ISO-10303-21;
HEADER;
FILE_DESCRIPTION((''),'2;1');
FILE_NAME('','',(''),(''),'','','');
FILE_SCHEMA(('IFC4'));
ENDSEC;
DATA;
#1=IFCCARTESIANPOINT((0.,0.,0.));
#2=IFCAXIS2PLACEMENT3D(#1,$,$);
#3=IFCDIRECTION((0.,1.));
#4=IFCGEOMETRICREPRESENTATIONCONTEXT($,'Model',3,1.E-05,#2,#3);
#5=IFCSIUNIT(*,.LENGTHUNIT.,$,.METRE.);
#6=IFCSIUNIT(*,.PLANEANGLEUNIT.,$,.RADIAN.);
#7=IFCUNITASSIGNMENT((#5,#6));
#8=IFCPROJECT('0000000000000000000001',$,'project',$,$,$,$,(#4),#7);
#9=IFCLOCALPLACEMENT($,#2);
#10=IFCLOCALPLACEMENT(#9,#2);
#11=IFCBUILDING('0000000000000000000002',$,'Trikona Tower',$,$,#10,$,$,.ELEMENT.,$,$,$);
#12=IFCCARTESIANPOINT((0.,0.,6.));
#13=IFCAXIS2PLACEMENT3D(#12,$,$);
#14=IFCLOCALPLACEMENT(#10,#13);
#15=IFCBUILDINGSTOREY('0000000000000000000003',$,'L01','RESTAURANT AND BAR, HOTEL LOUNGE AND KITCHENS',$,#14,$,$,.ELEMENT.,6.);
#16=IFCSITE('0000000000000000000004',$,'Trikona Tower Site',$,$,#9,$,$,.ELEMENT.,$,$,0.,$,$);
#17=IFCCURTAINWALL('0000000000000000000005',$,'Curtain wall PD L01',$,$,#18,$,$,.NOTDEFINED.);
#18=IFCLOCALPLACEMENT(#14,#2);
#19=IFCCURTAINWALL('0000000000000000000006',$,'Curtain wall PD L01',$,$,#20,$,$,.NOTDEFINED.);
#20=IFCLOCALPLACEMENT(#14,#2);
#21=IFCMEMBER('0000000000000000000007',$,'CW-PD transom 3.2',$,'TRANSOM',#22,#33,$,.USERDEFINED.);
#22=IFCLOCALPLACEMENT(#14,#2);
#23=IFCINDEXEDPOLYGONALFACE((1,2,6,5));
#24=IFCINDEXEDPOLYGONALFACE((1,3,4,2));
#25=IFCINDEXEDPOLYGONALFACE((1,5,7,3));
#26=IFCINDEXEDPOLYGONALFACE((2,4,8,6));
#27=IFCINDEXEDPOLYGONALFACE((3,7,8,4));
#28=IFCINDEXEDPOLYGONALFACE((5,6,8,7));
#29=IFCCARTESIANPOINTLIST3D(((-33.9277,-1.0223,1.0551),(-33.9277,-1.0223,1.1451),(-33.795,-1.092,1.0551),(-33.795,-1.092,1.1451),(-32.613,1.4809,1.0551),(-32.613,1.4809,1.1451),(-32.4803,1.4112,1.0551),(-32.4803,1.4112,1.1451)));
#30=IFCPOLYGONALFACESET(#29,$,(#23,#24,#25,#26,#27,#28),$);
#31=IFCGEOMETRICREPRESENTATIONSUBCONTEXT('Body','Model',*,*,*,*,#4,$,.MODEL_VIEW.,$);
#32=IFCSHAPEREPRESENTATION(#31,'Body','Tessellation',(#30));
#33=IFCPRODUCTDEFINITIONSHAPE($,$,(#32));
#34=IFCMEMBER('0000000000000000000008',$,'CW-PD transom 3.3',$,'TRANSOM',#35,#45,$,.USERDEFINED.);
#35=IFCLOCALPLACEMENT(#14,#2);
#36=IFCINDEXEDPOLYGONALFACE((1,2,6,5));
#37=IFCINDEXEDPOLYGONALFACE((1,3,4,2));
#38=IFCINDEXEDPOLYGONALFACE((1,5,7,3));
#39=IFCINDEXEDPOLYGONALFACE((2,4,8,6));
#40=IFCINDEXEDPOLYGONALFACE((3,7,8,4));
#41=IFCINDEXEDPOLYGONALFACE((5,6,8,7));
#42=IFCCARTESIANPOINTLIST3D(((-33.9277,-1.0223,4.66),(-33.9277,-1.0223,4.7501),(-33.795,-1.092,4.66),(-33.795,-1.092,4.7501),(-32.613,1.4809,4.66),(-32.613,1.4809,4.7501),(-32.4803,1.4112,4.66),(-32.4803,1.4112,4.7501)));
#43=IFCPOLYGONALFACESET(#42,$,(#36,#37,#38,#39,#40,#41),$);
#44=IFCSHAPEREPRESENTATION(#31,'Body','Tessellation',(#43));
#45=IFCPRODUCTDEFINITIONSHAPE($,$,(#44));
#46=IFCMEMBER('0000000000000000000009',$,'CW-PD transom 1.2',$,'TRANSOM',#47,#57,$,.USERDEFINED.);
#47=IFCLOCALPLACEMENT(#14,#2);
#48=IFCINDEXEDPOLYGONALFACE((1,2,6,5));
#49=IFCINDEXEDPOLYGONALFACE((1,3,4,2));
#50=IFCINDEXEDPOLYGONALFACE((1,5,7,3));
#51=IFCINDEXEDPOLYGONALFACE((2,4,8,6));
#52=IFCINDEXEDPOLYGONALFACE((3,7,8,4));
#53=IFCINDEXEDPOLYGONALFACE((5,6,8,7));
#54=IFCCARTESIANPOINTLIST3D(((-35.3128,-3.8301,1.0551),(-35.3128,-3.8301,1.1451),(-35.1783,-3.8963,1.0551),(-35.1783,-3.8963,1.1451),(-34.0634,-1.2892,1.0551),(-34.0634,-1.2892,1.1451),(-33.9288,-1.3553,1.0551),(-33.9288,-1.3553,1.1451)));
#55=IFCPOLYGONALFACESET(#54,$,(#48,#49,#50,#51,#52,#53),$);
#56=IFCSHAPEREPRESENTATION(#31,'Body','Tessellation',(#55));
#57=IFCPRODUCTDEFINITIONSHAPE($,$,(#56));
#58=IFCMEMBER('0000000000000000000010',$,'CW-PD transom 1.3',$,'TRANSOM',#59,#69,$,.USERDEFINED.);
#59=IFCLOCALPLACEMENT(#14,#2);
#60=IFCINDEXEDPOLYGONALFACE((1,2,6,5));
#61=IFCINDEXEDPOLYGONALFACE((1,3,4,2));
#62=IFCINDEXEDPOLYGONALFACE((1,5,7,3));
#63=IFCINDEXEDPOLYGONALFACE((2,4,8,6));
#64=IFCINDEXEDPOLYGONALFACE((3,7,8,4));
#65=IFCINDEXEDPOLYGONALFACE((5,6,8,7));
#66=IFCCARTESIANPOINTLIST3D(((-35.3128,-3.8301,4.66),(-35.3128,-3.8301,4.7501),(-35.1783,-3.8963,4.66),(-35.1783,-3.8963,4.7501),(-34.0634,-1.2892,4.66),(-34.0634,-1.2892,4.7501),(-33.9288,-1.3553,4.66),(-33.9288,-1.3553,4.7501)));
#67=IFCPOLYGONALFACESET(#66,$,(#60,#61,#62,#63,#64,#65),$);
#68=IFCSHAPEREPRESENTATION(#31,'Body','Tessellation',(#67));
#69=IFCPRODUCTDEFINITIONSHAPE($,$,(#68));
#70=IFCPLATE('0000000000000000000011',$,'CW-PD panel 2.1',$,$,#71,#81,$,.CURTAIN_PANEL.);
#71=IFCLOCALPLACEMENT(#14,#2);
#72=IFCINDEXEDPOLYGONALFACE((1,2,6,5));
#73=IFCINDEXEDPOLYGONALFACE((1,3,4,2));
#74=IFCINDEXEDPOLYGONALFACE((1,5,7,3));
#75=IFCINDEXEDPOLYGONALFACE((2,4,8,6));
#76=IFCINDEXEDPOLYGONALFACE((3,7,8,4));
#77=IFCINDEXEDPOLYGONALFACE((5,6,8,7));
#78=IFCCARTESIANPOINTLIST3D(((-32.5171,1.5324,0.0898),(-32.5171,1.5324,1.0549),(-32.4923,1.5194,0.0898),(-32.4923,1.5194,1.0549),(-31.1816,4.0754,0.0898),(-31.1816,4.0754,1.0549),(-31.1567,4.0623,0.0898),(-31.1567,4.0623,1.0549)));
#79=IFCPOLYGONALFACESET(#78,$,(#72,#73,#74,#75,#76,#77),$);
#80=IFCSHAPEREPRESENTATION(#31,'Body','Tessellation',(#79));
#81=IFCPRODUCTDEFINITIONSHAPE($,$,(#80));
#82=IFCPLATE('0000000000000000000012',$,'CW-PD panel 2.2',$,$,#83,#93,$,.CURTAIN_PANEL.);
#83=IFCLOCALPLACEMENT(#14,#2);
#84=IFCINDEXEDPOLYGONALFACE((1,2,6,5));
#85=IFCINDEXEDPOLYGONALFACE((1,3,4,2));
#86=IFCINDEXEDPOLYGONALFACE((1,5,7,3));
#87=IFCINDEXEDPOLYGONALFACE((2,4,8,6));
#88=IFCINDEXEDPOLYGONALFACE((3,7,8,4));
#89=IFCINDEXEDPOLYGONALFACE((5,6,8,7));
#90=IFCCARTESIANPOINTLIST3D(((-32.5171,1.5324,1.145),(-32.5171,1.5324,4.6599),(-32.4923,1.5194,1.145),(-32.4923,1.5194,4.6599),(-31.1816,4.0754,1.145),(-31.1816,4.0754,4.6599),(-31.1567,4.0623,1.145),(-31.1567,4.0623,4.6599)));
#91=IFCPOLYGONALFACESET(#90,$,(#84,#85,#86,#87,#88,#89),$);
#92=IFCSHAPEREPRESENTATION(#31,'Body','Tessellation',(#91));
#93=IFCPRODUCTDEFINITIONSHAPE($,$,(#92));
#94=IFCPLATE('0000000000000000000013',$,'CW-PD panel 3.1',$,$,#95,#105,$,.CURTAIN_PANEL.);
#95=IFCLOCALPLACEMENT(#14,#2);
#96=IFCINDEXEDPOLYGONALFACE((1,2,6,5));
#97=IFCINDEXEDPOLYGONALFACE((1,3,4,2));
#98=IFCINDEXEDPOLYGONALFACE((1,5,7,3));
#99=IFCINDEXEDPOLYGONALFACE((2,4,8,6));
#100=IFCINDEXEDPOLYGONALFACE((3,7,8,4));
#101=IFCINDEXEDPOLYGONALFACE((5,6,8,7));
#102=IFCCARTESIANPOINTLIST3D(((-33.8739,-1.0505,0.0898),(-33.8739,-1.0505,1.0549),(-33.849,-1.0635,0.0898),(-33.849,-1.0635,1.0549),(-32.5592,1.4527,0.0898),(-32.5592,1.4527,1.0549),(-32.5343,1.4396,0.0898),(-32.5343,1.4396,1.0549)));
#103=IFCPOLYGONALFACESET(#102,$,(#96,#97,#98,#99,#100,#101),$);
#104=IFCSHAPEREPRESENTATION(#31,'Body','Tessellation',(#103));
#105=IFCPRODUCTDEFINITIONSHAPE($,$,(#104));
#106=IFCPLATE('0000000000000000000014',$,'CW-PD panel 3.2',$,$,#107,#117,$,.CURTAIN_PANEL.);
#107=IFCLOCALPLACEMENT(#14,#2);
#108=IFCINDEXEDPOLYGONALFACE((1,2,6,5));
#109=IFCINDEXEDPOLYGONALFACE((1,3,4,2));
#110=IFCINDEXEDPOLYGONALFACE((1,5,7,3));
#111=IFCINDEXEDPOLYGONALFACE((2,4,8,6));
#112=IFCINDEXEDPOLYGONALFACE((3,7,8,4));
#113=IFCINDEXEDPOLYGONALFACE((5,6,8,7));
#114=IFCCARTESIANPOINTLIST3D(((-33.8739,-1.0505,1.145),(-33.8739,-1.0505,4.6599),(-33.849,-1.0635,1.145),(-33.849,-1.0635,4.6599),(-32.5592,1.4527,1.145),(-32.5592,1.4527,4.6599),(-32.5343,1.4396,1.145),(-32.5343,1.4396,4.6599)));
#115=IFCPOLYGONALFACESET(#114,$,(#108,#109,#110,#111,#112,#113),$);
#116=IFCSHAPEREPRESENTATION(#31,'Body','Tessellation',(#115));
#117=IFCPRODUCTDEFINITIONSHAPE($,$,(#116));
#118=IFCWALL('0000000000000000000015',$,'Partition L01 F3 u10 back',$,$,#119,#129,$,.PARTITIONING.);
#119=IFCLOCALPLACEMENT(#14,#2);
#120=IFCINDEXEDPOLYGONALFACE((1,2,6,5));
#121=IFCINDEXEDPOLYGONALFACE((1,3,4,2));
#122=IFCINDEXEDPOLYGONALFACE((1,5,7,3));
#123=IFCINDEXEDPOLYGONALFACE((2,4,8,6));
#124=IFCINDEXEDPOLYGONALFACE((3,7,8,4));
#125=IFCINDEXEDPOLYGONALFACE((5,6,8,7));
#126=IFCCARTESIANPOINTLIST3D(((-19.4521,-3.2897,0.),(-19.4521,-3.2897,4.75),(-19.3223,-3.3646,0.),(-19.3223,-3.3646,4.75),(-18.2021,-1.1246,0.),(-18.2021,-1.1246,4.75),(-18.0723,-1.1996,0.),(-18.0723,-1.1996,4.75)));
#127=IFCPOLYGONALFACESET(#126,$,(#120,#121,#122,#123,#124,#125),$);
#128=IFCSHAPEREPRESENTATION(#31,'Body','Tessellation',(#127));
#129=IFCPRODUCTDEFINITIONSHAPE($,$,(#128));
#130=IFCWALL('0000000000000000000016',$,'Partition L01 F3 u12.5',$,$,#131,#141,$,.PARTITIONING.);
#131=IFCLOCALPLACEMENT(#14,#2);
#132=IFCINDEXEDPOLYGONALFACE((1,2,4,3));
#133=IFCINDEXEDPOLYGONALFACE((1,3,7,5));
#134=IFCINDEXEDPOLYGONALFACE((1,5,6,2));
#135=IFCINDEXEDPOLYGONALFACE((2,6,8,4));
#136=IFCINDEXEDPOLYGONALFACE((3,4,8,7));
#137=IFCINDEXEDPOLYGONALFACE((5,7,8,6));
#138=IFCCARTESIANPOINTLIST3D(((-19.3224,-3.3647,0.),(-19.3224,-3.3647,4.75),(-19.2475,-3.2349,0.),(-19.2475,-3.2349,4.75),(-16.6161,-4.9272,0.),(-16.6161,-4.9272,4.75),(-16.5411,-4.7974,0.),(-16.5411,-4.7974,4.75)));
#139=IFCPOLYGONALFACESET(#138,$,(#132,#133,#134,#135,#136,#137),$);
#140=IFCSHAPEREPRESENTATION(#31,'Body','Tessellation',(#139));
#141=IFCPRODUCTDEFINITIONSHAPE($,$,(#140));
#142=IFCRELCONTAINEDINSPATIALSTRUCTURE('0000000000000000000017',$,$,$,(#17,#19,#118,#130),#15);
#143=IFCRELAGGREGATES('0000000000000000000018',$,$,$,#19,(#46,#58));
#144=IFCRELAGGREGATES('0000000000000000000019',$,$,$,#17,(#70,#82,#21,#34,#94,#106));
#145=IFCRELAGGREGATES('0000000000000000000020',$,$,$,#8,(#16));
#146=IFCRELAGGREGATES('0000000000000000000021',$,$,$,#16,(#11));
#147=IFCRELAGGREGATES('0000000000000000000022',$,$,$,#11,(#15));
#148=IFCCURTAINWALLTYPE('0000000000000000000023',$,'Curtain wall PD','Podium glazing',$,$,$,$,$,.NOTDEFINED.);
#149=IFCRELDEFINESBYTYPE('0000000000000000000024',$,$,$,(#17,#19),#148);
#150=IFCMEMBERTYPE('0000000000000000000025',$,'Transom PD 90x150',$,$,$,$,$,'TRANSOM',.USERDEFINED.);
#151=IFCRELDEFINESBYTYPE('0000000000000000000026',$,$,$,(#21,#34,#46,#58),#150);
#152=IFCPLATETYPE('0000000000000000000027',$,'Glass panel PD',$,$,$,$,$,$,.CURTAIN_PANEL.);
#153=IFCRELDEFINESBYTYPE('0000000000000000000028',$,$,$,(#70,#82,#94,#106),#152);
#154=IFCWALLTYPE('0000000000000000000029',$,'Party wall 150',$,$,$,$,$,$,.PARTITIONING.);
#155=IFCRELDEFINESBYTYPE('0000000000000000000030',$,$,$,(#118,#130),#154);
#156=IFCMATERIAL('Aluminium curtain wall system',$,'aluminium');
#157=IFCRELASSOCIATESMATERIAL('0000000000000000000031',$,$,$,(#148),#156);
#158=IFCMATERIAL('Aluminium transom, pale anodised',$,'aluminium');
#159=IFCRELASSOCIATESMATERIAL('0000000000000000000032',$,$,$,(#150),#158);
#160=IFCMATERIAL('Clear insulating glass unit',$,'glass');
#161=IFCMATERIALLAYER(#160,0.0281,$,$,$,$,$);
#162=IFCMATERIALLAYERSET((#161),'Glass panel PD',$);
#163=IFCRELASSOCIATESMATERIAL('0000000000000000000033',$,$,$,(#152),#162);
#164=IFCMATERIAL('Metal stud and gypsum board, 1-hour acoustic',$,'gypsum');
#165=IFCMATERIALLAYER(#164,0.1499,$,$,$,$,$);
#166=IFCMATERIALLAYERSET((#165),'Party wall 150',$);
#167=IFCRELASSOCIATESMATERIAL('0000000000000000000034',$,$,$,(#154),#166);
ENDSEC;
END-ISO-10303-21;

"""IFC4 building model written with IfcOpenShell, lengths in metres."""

from ifc_helpers import new_model, si_unit, direction, frame, frame_2d, origin, origin_2d, place, context, subcontext, project, spatial, rectangle, extrude, material, layer, layer_set, material_profile, profile_set, type_object, element, aggregate, save


model = new_model("IFC4")

# Units and contexts
model_context = context("Model", 3, precision=1e-05, world=origin(), true_north=direction((0.0, 1.0)))
body_context = subcontext(model_context, "Body", "Model", "MODEL_VIEW")
ifc_project = project(units=[si_unit("LENGTHUNIT", "METRE"), si_unit("PLANEANGLEUNIT", "RADIAN")], contexts=[model_context])

# Site, building, storey
site_placement = place(None, origin())
site = spatial("IfcSite", under=ifc_project, at=site_placement, Name="Trikona Tower Site", CompositionType="ELEMENT", RefElevation=0.0)
building_placement = place(site_placement, origin())
building = spatial("IfcBuilding", under=site, at=building_placement, Name="Trikona Tower", CompositionType="ELEMENT")
storey_placement = place(building_placement, frame((0.0, 0.0, 6.0)))
storey = spatial("IfcBuildingStorey", under=building, at=storey_placement, Name="L01", Description="RESTAURANT AND BAR, HOTEL LOUNGE AND KITCHENS", CompositionType="ELEMENT", Elevation=6.0)

# Curtain wall
ifc_material_1 = material(Name="Aluminium curtain wall system", Category="aluminium")
curtain_wall_type = type_object("IfcCurtainWallType", Name="Curtain wall PD", Description="Podium glazing", PredefinedType="NOTDEFINED", material=ifc_material_1)
curtain_wall_1_placement = place(storey_placement, origin())
curtain_wall_1 = element("IfcCurtainWall", 1, at=curtain_wall_1_placement, inside=storey, type_object=curtain_wall_type, Name="Curtain wall PD L01", PredefinedType="NOTDEFINED")

# Curtain wall
curtain_wall_2_placement = place(storey_placement, origin())
curtain_wall_2 = element("IfcCurtainWall", 2, at=curtain_wall_2_placement, inside=storey, type_object=curtain_wall_type, Name="Curtain wall PD L01", PredefinedType="NOTDEFINED")

# Members
ifc_material_2 = material(Name="Aluminium transom, pale anodised", Category="aluminium")
ifc_material_profile_1 = material_profile(ifc_material_2, rectangle(XDim=0.1499, YDim=0.0901, at=origin_2d()), Name="TRN-PD")
ifc_profile_set_1 = profile_set([ifc_material_profile_1], Name="Aluminium transom, pale anodised")
member_type_1 = type_object("IfcMemberType", Name="Transom PD 90x150", ElementType="TRANSOM", PredefinedType="USERDEFINED", material=ifc_profile_set_1)
member_1_placement = place(storey_placement, frame((-32.5466, 1.446, 1.1001), z_axis=(-0.464981, -0.885321, 0.0), x_axis=(0.885321, -0.464981, 0.0)))
member_1 = element("IfcMember", 3, at=member_1_placement, type_object=member_type_1, Name="CW-PD transom 3.2", ObjectType="TRANSOM", PredefinedType="USERDEFINED", context=body_context, shape_type="SweptSolid", body=[
    extrude(rectangle(XDim=0.1499, YDim=0.0901, at=origin_2d()), origin(), (0.0, 0.0, 1.0), 2.8274),
])
member_2_placement = place(storey_placement, frame((-32.5466, 1.446, 4.7051), z_axis=(-0.464981, -0.885321, 0.0), x_axis=(0.885321, -0.464981, 0.0)))
member_2 = element("IfcMember", 4, at=member_2_placement, type_object=member_type_1, Name="CW-PD transom 3.3", ObjectType="TRANSOM", PredefinedType="USERDEFINED", context=body_context, shape_type="SweptSolid", body=[
    extrude(rectangle(XDim=0.1499, YDim=0.0901, at=origin_2d()), origin(), (0.0, 0.0, 1.0), 2.8274),
])
member_3_placement = place(storey_placement, frame((-33.9961, -1.3223, 1.1001), z_axis=(-0.441272, -0.897373, 0.0), x_axis=(0.897373, -0.441272, 0.0)))
member_3 = element("IfcMember", 5, at=member_3_placement, type_object=member_type_1, Name="CW-PD transom 1.2", ObjectType="TRANSOM", PredefinedType="USERDEFINED", context=body_context, shape_type="SweptSolid", body=[
    extrude(rectangle(XDim=0.1499, YDim=0.0901, at=origin_2d()), origin(), (0.0, 0.0, 1.0), 2.8315),
])
member_4_placement = place(storey_placement, frame((-33.9961, -1.3223, 4.7051), z_axis=(-0.441272, -0.897373, 0.0), x_axis=(0.897373, -0.441272, 0.0)))
member_4 = element("IfcMember", 6, at=member_4_placement, type_object=member_type_1, Name="CW-PD transom 1.3", ObjectType="TRANSOM", PredefinedType="USERDEFINED", context=body_context, shape_type="SweptSolid", body=[
    extrude(rectangle(XDim=0.1499, YDim=0.0901, at=origin_2d()), origin(), (0.0, 0.0, 1.0), 2.8315),
])
aggregate(curtain_wall_2, [member_3, member_4])

# Plates
ifc_material_3 = material(Name="Clear insulating glass unit", Category="glass")
ifc_layer_1 = layer(ifc_material_3, 0.0281)
ifc_layer_set_1 = layer_set([ifc_layer_1], Name="Glass panel PD")
plate_type = type_object("IfcPlateType", Name="Glass panel PD", PredefinedType="CURTAIN_PANEL", material=ifc_layer_set_1)
plate_1_placement = place(storey_placement, frame((-31.8369, 2.7974, 0.0898), z_axis=(0.0, 0.0, 1.0), x_axis=(-0.464979, -0.885322, 0.0)))
plate_1 = element("IfcPlate", 7, at=plate_1_placement, type_object=plate_type, Name="CW-PD panel 2.1", PredefinedType="CURTAIN_PANEL", context=body_context, shape_type="SweptSolid", body=[
    extrude(rectangle(XDim=2.8723, YDim=0.0281, at=origin_2d()), origin(), (0.0, 0.0, 1.0), 0.9651),
])
plate_2_placement = place(storey_placement, frame((-31.8369, 2.7974, 1.145), z_axis=(0.0, 0.0, 1.0), x_axis=(-0.464979, -0.885322, 0.0)))
plate_2 = element("IfcPlate", 8, at=plate_2_placement, type_object=plate_type, Name="CW-PD panel 2.2", PredefinedType="CURTAIN_PANEL", context=body_context, shape_type="SweptSolid", body=[
    extrude(rectangle(XDim=2.8723, YDim=0.0281, at=origin_2d()), origin(), (0.0, 0.0, 1.0), 3.5149),
])
plate_3_placement = place(storey_placement, frame((-33.2041, 0.1946, 0.0898), z_axis=(0.0, 0.0, 1.0), x_axis=(-0.464979, -0.885322, 0.0)))
plate_3 = element("IfcPlate", 9, at=plate_3_placement, type_object=plate_type, Name="CW-PD panel 3.1", PredefinedType="CURTAIN_PANEL", context=body_context, shape_type="SweptSolid", body=[
    extrude(rectangle(XDim=2.8274, YDim=0.0281, at=origin_2d()), origin(), (0.0, 0.0, 1.0), 0.9651),
])
plate_4_placement = place(storey_placement, frame((-33.2041, 0.1946, 1.145), z_axis=(0.0, 0.0, 1.0), x_axis=(-0.464979, -0.885322, 0.0)))
plate_4 = element("IfcPlate", 10, at=plate_4_placement, type_object=plate_type, Name="CW-PD panel 3.2", PredefinedType="CURTAIN_PANEL", context=body_context, shape_type="SweptSolid", body=[
    extrude(rectangle(XDim=2.8274, YDim=0.0281, at=origin_2d()), origin(), (0.0, 0.0, 1.0), 3.5149),
])
aggregate(curtain_wall_1, [plate_1, plate_2, member_1, member_2, plate_3, plate_4])

# Walls
ifc_material_4 = material(Name="Metal stud and gypsum board, 1-hour acoustic", Category="gypsum")
ifc_layer_2 = layer(ifc_material_4, 0.1499)
ifc_layer_set_2 = layer_set([ifc_layer_2], Name="Party wall 150")
wall_type = type_object("IfcWallType", Name="Party wall 150", PredefinedType="PARTITIONING", material=ifc_layer_set_2)
wall_1_placement = place(storey_placement, frame((-18.1372, -1.1621, 0.0), z_axis=(0.0, 0.0, 1.0), x_axis=(-0.500004, -0.866023, 0.0)))
element("IfcWall", 11, at=wall_1_placement, inside=storey, type_object=wall_type, Name="Partition L01 F3 u10 back", PredefinedType="PARTITIONING", context=body_context, shape_type="SweptSolid", body=[
    extrude(rectangle(XDim=2.5, YDim=0.1499, at=frame_2d((1.25, 0.0))), origin(), (0.0, 0.0, 1.0), 4.75),
])
wall_2_placement = place(storey_placement, frame((-16.5786, -4.8623, 0.0), z_axis=(0.0, 0.0, 1.0), x_axis=(-0.866023, 0.500004, 0.0)))
element("IfcWall", 12, at=wall_2_placement, inside=storey, type_object=wall_type, Name="Partition L01 F3 u12.5", PredefinedType="PARTITIONING", context=body_context, shape_type="SweptSolid", body=[
    extrude(rectangle(XDim=3.125, YDim=0.1499, at=frame_2d((1.5625, 0.0))), origin(), (0.0, 0.0, 1.0), 4.75),
])

save(model, "model.ifc")
